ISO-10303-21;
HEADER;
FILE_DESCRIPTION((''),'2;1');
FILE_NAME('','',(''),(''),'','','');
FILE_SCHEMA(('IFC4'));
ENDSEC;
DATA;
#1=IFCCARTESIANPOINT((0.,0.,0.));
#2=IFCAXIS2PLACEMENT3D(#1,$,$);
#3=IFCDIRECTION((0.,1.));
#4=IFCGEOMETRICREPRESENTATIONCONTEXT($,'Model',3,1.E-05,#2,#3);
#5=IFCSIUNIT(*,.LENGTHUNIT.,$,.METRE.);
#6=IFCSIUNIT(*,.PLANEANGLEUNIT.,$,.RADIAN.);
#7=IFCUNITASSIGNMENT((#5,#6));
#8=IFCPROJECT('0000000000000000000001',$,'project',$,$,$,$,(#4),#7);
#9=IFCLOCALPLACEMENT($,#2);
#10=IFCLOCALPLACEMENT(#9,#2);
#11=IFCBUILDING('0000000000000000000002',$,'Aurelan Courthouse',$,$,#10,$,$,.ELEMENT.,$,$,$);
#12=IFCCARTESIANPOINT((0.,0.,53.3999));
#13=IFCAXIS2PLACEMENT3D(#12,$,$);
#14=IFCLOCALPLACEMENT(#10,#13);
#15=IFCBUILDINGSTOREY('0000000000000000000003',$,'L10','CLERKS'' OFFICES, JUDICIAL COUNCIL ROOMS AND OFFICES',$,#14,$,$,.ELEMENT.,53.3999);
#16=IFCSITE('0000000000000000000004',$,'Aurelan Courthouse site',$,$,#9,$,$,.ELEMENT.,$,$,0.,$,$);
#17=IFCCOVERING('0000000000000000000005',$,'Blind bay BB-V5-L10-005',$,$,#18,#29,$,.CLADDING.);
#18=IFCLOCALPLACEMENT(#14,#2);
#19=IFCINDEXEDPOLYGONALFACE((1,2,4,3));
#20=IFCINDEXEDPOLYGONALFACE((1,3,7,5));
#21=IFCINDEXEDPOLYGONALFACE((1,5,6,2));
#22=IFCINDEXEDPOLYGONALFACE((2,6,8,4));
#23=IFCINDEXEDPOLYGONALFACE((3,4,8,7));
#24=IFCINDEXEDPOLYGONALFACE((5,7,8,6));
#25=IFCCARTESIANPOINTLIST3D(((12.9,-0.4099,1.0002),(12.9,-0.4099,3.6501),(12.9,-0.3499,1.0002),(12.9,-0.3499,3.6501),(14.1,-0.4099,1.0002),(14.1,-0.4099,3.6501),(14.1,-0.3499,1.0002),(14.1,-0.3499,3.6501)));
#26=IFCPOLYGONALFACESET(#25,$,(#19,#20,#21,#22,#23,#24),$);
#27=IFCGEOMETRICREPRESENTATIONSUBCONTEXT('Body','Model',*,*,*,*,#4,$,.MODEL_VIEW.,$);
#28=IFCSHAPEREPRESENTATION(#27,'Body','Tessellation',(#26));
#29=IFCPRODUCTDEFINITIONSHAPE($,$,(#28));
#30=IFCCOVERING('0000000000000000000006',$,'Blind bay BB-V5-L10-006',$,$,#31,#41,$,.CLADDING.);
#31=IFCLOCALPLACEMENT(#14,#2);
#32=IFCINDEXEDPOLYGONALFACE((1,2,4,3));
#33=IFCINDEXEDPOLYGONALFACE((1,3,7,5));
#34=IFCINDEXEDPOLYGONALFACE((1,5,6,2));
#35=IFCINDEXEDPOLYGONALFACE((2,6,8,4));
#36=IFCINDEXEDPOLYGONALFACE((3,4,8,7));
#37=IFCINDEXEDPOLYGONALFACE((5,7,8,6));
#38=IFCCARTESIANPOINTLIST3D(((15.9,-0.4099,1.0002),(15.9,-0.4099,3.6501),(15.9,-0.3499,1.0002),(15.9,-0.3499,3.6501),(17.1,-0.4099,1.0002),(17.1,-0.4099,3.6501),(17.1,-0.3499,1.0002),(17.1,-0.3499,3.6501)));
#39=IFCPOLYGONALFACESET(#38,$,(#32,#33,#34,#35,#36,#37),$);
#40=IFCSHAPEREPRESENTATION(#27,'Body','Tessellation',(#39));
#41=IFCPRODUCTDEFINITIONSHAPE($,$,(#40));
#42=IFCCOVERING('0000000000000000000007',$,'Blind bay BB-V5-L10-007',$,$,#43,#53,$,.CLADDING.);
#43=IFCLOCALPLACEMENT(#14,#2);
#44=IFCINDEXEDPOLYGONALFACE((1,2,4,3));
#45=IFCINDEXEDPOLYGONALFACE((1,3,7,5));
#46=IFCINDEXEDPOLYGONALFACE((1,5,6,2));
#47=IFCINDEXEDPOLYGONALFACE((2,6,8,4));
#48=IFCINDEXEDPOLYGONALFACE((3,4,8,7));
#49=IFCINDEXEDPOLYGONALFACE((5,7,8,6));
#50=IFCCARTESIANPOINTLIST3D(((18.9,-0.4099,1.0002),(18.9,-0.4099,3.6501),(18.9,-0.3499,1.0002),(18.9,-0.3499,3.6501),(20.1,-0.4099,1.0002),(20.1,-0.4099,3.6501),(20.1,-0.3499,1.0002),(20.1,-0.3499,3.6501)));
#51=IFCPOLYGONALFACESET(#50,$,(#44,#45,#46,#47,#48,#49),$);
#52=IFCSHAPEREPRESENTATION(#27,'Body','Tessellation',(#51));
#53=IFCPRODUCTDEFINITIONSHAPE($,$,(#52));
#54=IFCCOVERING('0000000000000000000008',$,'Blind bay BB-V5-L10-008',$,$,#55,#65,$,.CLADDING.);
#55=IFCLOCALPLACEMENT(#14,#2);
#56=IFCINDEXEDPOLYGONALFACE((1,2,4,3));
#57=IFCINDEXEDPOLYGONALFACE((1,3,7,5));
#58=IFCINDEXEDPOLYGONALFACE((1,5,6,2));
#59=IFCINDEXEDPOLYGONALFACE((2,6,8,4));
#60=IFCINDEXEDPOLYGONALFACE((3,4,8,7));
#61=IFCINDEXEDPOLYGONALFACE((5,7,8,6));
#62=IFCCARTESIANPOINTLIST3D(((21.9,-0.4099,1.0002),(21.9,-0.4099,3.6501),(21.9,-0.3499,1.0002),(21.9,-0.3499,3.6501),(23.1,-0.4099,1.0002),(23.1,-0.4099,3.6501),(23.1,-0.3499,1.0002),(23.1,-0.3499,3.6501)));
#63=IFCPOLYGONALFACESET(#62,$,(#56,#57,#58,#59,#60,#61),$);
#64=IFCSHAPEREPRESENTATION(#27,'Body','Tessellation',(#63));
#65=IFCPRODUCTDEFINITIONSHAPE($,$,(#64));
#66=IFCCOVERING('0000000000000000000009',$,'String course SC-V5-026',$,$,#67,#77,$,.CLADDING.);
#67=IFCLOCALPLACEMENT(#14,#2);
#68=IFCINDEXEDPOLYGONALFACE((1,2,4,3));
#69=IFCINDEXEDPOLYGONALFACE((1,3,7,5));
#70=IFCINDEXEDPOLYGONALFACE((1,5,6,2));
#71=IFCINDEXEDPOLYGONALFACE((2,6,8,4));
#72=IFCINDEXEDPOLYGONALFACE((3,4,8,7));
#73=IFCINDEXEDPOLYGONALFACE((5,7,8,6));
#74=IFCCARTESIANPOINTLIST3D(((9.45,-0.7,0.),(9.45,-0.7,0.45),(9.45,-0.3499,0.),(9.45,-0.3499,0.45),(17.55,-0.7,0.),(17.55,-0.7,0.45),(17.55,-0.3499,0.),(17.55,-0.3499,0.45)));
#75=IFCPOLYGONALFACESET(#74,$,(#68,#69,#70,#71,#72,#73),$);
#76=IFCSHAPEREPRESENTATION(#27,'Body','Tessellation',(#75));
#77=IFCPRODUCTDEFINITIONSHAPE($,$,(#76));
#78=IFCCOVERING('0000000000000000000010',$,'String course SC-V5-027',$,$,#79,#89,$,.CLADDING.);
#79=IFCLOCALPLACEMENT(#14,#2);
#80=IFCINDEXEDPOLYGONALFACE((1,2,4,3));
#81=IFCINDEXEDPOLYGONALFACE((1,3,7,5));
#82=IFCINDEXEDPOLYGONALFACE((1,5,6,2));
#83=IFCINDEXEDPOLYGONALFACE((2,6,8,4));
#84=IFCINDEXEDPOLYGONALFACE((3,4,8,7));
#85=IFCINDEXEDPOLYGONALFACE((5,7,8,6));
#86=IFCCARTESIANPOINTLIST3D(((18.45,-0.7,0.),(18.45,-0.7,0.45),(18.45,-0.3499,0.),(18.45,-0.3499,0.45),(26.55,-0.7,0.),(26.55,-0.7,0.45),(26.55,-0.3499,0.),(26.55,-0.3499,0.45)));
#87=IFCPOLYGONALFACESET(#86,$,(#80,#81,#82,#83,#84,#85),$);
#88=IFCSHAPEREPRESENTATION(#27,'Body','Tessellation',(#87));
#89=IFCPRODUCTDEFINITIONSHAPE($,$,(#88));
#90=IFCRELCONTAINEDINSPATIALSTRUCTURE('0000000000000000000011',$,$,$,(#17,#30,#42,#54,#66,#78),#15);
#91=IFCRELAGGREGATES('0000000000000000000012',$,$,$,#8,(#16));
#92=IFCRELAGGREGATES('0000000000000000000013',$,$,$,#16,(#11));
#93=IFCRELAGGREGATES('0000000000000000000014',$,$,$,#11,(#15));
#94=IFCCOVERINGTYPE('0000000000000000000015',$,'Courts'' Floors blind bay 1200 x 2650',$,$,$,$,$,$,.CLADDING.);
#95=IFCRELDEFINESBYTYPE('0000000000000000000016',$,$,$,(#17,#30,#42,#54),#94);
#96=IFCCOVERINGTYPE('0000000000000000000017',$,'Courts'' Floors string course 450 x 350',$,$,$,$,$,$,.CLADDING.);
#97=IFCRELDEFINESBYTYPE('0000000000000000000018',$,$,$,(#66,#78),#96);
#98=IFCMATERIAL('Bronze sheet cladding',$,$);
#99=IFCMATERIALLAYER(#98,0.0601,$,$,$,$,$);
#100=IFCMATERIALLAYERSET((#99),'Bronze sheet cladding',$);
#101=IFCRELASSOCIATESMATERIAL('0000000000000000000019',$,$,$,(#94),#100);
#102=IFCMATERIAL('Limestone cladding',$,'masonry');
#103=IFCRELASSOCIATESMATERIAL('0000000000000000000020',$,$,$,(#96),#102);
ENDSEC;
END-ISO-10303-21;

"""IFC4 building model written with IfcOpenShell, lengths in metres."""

from ifc_helpers import new_model, si_unit, direction, frame, origin, origin_2d, place, context, subcontext, project, spatial, rectangle, extrude, material, layer, layer_set, type_object, element, save


model = new_model("IFC4")

# Units and contexts
model_context = context("Model", 3, precision=1e-05, world=origin(), true_north=direction((0.0, 1.0)))
body_context = subcontext(model_context, "Body", "Model", "MODEL_VIEW")
ifc_project = project(units=[si_unit("LENGTHUNIT", "METRE"), si_unit("PLANEANGLEUNIT", "RADIAN")], contexts=[model_context])

# Site, building, storey
site_placement = place(None, origin())
site = spatial("IfcSite", under=ifc_project, at=site_placement, Name="Aurelan Courthouse site", CompositionType="ELEMENT", RefElevation=0.0)
building_placement = place(site_placement, origin())
building = spatial("IfcBuilding", under=site, at=building_placement, Name="Aurelan Courthouse", CompositionType="ELEMENT")
storey_placement = place(building_placement, frame((0.0, 0.0, 53.3999)))
storey = spatial("IfcBuildingStorey", under=building, at=storey_placement, Name="L10", Description="CLERKS' OFFICES, JUDICIAL COUNCIL ROOMS AND OFFICES", CompositionType="ELEMENT", Elevation=53.3999)

# Shared definitions
ifc_material_1 = material(Name="Limestone cladding", Category="masonry")

# Coverings
ifc_material_2 = material(Name="Bronze sheet cladding")
ifc_layer_1 = layer(ifc_material_2, 0.0601)
ifc_layer_set_1 = layer_set([ifc_layer_1], Name="Bronze sheet cladding")
covering_type_1 = type_object("IfcCoveringType", Name="Courts' Floors blind bay 1200 x 2650", PredefinedType="CLADDING", material=ifc_layer_set_1)
for number, where, z_axis, x_axis, name in (
    (1, (13.5, -0.3799, 1.0002), (0.0, 0.0, 1.0), (1.0, 0.0, 0.0), "Blind bay BB-V5-L10-005"),
    (2, (16.5, -0.3799, 1.0002), (0.0, 0.0, 1.0), (1.0, 0.0, 0.0), "Blind bay BB-V5-L10-006"),
    (3, (19.5, -0.3799, 1.0002), (0.0, 0.0, 1.0), (1.0, 0.0, 0.0), "Blind bay BB-V5-L10-007"),
    (4, (22.5, -0.3799, 1.0002), (0.0, 0.0, 1.0), (1.0, 0.0, 0.0), "Blind bay BB-V5-L10-008"),
):
    element("IfcCovering", number, at=place(storey_placement, frame(where, z_axis=z_axis, x_axis=x_axis)), inside=storey, type_object=covering_type_1, Name=name, PredefinedType="CLADDING", context=body_context, shape_type="SweptSolid", body=[
        extrude(rectangle(XDim=1.2, YDim=0.0601, at=origin_2d()), origin(), (0.0, 0.0, 1.0), 2.6499),
    ])
covering_type_2 = type_object("IfcCoveringType", Name="Courts' Floors string course 450 x 350", PredefinedType="CLADDING", material=ifc_material_1)
for number, where, z_axis, x_axis, name in (
    (5, (13.5, -0.5249, 0.0), (0.0, 0.0, 1.0), (1.0, 0.0, 0.0), "String course SC-V5-026"),
    (6, (22.5, -0.5249, 0.0), (0.0, 0.0, 1.0), (1.0, 0.0, 0.0), "String course SC-V5-027"),
):
    element("IfcCovering", number, at=place(storey_placement, frame(where, z_axis=z_axis, x_axis=x_axis)), inside=storey, type_object=covering_type_2, Name=name, PredefinedType="CLADDING", context=body_context, shape_type="SweptSolid", body=[
        extrude(rectangle(XDim=8.1001, YDim=0.3501, at=origin_2d()), origin(), (0.0, 0.0, 1.0), 0.45),
    ])

save(model, "model.ifc")
